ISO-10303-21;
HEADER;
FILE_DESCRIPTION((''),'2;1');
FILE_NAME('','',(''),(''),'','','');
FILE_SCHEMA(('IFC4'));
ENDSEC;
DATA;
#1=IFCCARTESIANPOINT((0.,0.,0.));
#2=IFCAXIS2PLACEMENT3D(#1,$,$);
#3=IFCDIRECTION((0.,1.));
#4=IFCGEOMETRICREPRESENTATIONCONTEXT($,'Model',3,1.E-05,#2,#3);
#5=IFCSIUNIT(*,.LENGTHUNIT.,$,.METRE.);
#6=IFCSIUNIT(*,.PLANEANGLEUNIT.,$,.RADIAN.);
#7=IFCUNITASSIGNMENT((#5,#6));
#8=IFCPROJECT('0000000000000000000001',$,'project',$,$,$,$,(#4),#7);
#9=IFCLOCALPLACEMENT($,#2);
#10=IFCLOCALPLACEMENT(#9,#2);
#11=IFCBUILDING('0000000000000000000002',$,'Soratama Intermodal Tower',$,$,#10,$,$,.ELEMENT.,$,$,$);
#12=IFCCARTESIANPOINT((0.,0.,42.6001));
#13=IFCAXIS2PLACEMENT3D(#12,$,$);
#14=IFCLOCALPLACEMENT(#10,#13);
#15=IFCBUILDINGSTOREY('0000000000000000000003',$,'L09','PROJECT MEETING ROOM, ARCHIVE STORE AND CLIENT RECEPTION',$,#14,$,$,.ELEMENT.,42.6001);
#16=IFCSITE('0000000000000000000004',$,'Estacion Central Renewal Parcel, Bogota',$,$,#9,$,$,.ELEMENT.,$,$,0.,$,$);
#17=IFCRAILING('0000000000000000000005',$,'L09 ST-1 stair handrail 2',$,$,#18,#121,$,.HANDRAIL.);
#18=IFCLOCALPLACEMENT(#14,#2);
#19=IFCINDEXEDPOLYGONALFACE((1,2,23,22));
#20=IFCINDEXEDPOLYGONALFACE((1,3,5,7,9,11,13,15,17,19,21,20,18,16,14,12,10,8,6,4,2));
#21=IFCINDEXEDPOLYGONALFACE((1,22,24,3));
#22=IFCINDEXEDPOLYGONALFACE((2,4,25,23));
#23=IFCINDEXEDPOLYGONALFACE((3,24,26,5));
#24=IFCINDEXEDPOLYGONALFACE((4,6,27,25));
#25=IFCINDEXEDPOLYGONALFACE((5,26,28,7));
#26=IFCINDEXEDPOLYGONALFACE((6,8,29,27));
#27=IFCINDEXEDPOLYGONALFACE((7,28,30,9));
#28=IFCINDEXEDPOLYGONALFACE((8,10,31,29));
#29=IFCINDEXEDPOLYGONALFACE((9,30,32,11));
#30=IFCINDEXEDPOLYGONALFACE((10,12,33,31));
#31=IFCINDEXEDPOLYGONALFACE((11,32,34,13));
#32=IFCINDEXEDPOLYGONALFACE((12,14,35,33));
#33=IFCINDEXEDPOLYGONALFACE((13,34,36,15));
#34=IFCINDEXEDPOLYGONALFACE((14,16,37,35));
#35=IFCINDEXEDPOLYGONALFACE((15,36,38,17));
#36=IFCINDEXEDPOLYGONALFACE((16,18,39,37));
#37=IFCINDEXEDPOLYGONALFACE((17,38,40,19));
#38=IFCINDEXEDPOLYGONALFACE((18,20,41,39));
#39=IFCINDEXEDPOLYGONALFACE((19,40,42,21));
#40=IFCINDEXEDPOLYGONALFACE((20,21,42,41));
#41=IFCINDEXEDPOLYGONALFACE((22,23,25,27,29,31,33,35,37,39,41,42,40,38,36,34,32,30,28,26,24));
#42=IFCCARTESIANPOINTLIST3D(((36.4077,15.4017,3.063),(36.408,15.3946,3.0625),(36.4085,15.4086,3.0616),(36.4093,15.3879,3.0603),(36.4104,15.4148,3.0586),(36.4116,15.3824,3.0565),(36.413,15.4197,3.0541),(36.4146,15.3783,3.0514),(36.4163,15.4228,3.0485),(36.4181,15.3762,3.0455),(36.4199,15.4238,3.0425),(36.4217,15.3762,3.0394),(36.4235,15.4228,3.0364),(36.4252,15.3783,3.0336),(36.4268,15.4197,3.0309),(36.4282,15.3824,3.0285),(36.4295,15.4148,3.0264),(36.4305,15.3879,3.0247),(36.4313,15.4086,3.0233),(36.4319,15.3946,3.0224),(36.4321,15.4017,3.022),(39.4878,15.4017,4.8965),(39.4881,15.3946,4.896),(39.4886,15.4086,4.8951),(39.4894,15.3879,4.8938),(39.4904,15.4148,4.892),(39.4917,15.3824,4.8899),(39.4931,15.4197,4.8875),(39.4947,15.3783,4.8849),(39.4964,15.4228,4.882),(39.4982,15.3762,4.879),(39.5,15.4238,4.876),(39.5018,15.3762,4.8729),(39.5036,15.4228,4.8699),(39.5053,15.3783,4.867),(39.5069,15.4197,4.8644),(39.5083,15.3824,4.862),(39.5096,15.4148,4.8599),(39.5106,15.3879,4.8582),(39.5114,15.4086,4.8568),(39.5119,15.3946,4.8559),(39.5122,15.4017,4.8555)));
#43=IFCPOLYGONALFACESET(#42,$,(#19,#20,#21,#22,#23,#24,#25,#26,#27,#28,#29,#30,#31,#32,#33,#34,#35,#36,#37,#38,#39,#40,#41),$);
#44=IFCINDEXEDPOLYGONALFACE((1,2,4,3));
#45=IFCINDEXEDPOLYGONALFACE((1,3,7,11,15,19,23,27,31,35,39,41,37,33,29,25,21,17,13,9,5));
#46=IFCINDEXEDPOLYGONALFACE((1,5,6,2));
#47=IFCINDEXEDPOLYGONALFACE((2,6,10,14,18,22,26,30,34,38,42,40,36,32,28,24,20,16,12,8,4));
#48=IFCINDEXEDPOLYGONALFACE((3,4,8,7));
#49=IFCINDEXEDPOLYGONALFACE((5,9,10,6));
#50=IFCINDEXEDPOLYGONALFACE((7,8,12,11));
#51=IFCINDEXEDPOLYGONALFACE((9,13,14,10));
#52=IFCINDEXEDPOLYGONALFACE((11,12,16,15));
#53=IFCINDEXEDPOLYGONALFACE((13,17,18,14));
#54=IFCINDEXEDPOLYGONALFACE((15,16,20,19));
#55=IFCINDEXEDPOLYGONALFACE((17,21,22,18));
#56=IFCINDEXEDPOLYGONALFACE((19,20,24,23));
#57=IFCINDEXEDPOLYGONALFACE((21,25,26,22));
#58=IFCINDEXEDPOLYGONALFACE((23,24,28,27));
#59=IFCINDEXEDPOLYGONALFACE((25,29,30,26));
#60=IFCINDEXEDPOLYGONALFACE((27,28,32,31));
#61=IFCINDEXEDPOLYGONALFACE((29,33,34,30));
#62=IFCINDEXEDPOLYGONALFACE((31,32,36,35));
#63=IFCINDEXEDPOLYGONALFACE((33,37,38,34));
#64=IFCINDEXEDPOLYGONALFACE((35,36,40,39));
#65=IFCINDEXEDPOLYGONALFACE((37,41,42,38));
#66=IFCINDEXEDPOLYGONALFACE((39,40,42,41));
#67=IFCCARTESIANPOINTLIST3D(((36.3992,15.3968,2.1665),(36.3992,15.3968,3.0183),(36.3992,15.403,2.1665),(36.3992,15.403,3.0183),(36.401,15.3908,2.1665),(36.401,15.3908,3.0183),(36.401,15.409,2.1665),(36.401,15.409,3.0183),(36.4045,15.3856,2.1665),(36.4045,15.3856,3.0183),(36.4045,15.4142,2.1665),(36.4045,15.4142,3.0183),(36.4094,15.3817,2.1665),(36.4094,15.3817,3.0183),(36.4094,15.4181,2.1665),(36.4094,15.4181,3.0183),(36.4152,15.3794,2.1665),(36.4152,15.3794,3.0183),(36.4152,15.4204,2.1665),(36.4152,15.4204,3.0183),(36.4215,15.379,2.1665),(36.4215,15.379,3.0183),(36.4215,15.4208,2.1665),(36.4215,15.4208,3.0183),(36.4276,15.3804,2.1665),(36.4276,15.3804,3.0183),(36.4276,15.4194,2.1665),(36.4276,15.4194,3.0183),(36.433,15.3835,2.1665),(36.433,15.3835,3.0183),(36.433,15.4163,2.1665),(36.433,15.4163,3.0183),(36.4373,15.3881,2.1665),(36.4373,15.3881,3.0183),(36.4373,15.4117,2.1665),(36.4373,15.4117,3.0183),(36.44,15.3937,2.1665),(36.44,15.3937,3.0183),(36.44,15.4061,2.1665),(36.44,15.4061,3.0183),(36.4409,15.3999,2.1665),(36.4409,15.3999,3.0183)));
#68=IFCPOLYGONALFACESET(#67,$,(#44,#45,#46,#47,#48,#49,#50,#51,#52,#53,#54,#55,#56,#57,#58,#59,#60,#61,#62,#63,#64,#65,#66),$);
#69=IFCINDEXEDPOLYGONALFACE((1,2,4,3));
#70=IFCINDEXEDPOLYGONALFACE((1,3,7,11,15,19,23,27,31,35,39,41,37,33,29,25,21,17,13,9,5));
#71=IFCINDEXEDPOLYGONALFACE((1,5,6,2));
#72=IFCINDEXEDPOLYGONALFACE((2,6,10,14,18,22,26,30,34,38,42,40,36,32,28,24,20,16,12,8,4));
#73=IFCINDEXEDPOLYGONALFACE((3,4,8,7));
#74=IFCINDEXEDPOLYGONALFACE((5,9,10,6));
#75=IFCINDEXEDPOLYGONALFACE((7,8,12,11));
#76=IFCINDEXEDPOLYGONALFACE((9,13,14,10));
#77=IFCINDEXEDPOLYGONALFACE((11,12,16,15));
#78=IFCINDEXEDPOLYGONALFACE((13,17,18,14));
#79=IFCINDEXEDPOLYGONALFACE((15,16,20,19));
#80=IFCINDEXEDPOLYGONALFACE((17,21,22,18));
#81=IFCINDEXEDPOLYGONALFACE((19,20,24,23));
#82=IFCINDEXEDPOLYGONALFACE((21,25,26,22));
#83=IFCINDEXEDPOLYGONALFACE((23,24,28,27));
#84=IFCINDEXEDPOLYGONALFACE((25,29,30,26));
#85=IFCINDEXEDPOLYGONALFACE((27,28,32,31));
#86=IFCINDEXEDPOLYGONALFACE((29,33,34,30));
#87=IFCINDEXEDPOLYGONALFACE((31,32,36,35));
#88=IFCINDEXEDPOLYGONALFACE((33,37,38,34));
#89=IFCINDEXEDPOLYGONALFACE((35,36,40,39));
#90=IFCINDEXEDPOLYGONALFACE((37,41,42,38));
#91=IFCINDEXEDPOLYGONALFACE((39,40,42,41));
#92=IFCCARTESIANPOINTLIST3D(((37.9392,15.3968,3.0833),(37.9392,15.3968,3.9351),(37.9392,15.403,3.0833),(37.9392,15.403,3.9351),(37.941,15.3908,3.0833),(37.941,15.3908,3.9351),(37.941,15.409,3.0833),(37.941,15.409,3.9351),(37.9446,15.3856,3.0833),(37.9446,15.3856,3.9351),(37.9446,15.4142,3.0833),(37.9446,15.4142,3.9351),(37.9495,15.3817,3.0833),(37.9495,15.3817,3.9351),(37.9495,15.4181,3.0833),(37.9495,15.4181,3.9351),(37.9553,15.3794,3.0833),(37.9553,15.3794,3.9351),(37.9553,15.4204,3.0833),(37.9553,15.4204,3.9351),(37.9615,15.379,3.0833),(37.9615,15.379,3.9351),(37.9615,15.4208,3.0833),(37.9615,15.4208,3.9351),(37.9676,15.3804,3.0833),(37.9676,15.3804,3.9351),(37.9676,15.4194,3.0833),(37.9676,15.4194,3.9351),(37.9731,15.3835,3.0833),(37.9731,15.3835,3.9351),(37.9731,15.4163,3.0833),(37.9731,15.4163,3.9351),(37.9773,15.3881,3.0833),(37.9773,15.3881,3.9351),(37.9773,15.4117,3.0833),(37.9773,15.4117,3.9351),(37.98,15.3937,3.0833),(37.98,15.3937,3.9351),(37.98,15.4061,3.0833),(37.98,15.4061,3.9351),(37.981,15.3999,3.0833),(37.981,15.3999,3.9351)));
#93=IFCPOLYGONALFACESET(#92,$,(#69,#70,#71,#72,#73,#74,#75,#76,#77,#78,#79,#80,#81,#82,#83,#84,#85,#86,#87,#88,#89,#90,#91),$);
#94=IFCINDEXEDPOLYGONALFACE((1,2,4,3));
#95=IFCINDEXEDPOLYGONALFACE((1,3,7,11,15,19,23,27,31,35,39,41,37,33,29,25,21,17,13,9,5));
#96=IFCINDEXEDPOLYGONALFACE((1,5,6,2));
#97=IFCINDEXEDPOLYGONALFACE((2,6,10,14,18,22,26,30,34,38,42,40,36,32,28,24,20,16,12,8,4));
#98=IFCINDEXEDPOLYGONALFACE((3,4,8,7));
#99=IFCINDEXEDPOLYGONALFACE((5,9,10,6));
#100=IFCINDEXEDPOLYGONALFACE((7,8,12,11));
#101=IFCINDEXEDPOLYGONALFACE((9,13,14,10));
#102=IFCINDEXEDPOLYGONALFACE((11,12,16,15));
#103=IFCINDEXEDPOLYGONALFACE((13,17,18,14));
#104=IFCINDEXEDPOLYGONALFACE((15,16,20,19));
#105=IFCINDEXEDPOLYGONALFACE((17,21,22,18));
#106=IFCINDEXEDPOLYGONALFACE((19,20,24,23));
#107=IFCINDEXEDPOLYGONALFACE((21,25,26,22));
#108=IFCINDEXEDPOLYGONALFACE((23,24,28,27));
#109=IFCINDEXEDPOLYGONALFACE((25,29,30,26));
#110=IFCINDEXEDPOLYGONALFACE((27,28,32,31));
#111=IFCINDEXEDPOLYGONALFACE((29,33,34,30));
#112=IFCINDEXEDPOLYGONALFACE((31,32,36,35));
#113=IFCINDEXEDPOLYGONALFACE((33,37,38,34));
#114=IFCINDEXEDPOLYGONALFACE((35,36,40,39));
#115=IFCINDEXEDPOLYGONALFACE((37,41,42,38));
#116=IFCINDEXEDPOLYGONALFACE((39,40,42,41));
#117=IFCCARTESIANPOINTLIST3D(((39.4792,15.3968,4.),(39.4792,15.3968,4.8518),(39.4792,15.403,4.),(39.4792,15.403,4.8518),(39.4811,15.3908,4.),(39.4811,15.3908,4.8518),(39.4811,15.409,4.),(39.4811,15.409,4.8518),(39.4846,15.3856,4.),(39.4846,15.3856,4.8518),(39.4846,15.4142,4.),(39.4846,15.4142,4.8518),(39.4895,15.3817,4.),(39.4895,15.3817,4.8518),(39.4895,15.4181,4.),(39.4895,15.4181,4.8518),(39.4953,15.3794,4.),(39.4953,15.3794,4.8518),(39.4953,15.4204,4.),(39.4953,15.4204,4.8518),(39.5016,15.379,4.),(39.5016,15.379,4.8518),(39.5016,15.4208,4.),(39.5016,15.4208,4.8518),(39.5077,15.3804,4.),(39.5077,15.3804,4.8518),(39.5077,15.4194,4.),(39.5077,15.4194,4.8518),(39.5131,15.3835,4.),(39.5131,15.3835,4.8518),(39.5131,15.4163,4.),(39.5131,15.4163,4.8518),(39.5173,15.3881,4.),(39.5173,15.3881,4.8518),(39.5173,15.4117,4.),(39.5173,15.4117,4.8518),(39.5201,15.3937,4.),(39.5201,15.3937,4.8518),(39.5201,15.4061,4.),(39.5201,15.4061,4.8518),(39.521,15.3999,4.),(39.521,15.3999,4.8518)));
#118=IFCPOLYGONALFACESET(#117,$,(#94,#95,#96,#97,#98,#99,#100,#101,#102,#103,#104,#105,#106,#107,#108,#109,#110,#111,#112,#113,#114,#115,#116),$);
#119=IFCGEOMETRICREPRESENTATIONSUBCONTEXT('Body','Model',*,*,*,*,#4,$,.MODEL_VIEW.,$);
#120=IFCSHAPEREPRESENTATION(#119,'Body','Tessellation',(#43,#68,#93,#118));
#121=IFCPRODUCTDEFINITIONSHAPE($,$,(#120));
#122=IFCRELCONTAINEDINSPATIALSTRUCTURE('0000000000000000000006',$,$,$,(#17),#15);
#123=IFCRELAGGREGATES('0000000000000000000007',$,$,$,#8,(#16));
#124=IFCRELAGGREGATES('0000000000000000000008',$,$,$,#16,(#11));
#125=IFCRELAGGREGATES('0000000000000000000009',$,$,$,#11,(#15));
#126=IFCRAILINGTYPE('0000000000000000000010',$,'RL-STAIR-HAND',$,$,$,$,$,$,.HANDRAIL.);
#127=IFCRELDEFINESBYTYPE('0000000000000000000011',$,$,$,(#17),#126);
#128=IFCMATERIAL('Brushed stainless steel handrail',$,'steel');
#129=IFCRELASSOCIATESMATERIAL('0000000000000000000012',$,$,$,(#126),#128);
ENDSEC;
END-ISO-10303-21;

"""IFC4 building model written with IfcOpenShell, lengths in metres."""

from ifc_helpers import new_model, si_unit, direction, frame, origin, origin_2d, place, context, subcontext, project, spatial, circle, extrude, material, type_object, element, save


model = new_model("IFC4")

# Units and contexts
model_context = context("Model", 3, precision=1e-05, world=origin(), true_north=direction((0.0, 1.0)))
body_context = subcontext(model_context, "Body", "Model", "MODEL_VIEW")
ifc_project = project(units=[si_unit("LENGTHUNIT", "METRE"), si_unit("PLANEANGLEUNIT", "RADIAN")], contexts=[model_context])

# Site, building, storey
site_placement = place(None, origin())
site = spatial("IfcSite", under=ifc_project, at=site_placement, Name="Estacion Central Renewal Parcel, Bogota", CompositionType="ELEMENT", RefElevation=0.0)
building_placement = place(site_placement, origin())
building = spatial("IfcBuilding", under=site, at=building_placement, Name="Soratama Intermodal Tower", CompositionType="ELEMENT")
storey_placement = place(building_placement, frame((0.0, 0.0, 42.6001)))
storey = spatial("IfcBuildingStorey", under=building, at=storey_placement, Name="L09", Description="PROJECT MEETING ROOM, ARCHIVE STORE AND CLIENT RECEPTION", CompositionType="ELEMENT", Elevation=42.6001)

# Railing
ifc_material_1 = material(Name="Brushed stainless steel handrail", Category="steel")
railing_type_1 = type_object("IfcRailingType", Name="RL-STAIR-HAND", PredefinedType="HANDRAIL", material=ifc_material_1)
railing_1_placement = place(storey_placement, frame((36.4199, 15.3999, 2.1665)))
element("IfcRailing", 1, at=railing_1_placement, inside=storey, type_object=railing_type_1, Name="L09 ST-1 stair handrail 2", PredefinedType="HANDRAIL", context=body_context, shape_type="SweptSolid", body=[
    extrude(circle(Radius=0.0239, at=origin_2d()), frame((0.0, 0.0, 0.876), z_axis=(0.859279, 0.0, 0.511508), x_axis=(0.0, 1.0, 0.0)), (0.0, 0.0, 1.0), 3.5845),
    extrude(circle(Radius=0.021, at=origin_2d()), origin(), (0.0, 0.0, 1.0), 0.8518),
    extrude(circle(Radius=0.021, at=origin_2d()), frame((1.54, 0.0, 0.9167)), (0.0, 0.0, 1.0), 0.8518),
    extrude(circle(Radius=0.021, at=origin_2d()), frame((3.0801, 0.0, 1.8335)), (0.0, 0.0, 1.0), 0.8518),
])

save(model, "model.ifc")
